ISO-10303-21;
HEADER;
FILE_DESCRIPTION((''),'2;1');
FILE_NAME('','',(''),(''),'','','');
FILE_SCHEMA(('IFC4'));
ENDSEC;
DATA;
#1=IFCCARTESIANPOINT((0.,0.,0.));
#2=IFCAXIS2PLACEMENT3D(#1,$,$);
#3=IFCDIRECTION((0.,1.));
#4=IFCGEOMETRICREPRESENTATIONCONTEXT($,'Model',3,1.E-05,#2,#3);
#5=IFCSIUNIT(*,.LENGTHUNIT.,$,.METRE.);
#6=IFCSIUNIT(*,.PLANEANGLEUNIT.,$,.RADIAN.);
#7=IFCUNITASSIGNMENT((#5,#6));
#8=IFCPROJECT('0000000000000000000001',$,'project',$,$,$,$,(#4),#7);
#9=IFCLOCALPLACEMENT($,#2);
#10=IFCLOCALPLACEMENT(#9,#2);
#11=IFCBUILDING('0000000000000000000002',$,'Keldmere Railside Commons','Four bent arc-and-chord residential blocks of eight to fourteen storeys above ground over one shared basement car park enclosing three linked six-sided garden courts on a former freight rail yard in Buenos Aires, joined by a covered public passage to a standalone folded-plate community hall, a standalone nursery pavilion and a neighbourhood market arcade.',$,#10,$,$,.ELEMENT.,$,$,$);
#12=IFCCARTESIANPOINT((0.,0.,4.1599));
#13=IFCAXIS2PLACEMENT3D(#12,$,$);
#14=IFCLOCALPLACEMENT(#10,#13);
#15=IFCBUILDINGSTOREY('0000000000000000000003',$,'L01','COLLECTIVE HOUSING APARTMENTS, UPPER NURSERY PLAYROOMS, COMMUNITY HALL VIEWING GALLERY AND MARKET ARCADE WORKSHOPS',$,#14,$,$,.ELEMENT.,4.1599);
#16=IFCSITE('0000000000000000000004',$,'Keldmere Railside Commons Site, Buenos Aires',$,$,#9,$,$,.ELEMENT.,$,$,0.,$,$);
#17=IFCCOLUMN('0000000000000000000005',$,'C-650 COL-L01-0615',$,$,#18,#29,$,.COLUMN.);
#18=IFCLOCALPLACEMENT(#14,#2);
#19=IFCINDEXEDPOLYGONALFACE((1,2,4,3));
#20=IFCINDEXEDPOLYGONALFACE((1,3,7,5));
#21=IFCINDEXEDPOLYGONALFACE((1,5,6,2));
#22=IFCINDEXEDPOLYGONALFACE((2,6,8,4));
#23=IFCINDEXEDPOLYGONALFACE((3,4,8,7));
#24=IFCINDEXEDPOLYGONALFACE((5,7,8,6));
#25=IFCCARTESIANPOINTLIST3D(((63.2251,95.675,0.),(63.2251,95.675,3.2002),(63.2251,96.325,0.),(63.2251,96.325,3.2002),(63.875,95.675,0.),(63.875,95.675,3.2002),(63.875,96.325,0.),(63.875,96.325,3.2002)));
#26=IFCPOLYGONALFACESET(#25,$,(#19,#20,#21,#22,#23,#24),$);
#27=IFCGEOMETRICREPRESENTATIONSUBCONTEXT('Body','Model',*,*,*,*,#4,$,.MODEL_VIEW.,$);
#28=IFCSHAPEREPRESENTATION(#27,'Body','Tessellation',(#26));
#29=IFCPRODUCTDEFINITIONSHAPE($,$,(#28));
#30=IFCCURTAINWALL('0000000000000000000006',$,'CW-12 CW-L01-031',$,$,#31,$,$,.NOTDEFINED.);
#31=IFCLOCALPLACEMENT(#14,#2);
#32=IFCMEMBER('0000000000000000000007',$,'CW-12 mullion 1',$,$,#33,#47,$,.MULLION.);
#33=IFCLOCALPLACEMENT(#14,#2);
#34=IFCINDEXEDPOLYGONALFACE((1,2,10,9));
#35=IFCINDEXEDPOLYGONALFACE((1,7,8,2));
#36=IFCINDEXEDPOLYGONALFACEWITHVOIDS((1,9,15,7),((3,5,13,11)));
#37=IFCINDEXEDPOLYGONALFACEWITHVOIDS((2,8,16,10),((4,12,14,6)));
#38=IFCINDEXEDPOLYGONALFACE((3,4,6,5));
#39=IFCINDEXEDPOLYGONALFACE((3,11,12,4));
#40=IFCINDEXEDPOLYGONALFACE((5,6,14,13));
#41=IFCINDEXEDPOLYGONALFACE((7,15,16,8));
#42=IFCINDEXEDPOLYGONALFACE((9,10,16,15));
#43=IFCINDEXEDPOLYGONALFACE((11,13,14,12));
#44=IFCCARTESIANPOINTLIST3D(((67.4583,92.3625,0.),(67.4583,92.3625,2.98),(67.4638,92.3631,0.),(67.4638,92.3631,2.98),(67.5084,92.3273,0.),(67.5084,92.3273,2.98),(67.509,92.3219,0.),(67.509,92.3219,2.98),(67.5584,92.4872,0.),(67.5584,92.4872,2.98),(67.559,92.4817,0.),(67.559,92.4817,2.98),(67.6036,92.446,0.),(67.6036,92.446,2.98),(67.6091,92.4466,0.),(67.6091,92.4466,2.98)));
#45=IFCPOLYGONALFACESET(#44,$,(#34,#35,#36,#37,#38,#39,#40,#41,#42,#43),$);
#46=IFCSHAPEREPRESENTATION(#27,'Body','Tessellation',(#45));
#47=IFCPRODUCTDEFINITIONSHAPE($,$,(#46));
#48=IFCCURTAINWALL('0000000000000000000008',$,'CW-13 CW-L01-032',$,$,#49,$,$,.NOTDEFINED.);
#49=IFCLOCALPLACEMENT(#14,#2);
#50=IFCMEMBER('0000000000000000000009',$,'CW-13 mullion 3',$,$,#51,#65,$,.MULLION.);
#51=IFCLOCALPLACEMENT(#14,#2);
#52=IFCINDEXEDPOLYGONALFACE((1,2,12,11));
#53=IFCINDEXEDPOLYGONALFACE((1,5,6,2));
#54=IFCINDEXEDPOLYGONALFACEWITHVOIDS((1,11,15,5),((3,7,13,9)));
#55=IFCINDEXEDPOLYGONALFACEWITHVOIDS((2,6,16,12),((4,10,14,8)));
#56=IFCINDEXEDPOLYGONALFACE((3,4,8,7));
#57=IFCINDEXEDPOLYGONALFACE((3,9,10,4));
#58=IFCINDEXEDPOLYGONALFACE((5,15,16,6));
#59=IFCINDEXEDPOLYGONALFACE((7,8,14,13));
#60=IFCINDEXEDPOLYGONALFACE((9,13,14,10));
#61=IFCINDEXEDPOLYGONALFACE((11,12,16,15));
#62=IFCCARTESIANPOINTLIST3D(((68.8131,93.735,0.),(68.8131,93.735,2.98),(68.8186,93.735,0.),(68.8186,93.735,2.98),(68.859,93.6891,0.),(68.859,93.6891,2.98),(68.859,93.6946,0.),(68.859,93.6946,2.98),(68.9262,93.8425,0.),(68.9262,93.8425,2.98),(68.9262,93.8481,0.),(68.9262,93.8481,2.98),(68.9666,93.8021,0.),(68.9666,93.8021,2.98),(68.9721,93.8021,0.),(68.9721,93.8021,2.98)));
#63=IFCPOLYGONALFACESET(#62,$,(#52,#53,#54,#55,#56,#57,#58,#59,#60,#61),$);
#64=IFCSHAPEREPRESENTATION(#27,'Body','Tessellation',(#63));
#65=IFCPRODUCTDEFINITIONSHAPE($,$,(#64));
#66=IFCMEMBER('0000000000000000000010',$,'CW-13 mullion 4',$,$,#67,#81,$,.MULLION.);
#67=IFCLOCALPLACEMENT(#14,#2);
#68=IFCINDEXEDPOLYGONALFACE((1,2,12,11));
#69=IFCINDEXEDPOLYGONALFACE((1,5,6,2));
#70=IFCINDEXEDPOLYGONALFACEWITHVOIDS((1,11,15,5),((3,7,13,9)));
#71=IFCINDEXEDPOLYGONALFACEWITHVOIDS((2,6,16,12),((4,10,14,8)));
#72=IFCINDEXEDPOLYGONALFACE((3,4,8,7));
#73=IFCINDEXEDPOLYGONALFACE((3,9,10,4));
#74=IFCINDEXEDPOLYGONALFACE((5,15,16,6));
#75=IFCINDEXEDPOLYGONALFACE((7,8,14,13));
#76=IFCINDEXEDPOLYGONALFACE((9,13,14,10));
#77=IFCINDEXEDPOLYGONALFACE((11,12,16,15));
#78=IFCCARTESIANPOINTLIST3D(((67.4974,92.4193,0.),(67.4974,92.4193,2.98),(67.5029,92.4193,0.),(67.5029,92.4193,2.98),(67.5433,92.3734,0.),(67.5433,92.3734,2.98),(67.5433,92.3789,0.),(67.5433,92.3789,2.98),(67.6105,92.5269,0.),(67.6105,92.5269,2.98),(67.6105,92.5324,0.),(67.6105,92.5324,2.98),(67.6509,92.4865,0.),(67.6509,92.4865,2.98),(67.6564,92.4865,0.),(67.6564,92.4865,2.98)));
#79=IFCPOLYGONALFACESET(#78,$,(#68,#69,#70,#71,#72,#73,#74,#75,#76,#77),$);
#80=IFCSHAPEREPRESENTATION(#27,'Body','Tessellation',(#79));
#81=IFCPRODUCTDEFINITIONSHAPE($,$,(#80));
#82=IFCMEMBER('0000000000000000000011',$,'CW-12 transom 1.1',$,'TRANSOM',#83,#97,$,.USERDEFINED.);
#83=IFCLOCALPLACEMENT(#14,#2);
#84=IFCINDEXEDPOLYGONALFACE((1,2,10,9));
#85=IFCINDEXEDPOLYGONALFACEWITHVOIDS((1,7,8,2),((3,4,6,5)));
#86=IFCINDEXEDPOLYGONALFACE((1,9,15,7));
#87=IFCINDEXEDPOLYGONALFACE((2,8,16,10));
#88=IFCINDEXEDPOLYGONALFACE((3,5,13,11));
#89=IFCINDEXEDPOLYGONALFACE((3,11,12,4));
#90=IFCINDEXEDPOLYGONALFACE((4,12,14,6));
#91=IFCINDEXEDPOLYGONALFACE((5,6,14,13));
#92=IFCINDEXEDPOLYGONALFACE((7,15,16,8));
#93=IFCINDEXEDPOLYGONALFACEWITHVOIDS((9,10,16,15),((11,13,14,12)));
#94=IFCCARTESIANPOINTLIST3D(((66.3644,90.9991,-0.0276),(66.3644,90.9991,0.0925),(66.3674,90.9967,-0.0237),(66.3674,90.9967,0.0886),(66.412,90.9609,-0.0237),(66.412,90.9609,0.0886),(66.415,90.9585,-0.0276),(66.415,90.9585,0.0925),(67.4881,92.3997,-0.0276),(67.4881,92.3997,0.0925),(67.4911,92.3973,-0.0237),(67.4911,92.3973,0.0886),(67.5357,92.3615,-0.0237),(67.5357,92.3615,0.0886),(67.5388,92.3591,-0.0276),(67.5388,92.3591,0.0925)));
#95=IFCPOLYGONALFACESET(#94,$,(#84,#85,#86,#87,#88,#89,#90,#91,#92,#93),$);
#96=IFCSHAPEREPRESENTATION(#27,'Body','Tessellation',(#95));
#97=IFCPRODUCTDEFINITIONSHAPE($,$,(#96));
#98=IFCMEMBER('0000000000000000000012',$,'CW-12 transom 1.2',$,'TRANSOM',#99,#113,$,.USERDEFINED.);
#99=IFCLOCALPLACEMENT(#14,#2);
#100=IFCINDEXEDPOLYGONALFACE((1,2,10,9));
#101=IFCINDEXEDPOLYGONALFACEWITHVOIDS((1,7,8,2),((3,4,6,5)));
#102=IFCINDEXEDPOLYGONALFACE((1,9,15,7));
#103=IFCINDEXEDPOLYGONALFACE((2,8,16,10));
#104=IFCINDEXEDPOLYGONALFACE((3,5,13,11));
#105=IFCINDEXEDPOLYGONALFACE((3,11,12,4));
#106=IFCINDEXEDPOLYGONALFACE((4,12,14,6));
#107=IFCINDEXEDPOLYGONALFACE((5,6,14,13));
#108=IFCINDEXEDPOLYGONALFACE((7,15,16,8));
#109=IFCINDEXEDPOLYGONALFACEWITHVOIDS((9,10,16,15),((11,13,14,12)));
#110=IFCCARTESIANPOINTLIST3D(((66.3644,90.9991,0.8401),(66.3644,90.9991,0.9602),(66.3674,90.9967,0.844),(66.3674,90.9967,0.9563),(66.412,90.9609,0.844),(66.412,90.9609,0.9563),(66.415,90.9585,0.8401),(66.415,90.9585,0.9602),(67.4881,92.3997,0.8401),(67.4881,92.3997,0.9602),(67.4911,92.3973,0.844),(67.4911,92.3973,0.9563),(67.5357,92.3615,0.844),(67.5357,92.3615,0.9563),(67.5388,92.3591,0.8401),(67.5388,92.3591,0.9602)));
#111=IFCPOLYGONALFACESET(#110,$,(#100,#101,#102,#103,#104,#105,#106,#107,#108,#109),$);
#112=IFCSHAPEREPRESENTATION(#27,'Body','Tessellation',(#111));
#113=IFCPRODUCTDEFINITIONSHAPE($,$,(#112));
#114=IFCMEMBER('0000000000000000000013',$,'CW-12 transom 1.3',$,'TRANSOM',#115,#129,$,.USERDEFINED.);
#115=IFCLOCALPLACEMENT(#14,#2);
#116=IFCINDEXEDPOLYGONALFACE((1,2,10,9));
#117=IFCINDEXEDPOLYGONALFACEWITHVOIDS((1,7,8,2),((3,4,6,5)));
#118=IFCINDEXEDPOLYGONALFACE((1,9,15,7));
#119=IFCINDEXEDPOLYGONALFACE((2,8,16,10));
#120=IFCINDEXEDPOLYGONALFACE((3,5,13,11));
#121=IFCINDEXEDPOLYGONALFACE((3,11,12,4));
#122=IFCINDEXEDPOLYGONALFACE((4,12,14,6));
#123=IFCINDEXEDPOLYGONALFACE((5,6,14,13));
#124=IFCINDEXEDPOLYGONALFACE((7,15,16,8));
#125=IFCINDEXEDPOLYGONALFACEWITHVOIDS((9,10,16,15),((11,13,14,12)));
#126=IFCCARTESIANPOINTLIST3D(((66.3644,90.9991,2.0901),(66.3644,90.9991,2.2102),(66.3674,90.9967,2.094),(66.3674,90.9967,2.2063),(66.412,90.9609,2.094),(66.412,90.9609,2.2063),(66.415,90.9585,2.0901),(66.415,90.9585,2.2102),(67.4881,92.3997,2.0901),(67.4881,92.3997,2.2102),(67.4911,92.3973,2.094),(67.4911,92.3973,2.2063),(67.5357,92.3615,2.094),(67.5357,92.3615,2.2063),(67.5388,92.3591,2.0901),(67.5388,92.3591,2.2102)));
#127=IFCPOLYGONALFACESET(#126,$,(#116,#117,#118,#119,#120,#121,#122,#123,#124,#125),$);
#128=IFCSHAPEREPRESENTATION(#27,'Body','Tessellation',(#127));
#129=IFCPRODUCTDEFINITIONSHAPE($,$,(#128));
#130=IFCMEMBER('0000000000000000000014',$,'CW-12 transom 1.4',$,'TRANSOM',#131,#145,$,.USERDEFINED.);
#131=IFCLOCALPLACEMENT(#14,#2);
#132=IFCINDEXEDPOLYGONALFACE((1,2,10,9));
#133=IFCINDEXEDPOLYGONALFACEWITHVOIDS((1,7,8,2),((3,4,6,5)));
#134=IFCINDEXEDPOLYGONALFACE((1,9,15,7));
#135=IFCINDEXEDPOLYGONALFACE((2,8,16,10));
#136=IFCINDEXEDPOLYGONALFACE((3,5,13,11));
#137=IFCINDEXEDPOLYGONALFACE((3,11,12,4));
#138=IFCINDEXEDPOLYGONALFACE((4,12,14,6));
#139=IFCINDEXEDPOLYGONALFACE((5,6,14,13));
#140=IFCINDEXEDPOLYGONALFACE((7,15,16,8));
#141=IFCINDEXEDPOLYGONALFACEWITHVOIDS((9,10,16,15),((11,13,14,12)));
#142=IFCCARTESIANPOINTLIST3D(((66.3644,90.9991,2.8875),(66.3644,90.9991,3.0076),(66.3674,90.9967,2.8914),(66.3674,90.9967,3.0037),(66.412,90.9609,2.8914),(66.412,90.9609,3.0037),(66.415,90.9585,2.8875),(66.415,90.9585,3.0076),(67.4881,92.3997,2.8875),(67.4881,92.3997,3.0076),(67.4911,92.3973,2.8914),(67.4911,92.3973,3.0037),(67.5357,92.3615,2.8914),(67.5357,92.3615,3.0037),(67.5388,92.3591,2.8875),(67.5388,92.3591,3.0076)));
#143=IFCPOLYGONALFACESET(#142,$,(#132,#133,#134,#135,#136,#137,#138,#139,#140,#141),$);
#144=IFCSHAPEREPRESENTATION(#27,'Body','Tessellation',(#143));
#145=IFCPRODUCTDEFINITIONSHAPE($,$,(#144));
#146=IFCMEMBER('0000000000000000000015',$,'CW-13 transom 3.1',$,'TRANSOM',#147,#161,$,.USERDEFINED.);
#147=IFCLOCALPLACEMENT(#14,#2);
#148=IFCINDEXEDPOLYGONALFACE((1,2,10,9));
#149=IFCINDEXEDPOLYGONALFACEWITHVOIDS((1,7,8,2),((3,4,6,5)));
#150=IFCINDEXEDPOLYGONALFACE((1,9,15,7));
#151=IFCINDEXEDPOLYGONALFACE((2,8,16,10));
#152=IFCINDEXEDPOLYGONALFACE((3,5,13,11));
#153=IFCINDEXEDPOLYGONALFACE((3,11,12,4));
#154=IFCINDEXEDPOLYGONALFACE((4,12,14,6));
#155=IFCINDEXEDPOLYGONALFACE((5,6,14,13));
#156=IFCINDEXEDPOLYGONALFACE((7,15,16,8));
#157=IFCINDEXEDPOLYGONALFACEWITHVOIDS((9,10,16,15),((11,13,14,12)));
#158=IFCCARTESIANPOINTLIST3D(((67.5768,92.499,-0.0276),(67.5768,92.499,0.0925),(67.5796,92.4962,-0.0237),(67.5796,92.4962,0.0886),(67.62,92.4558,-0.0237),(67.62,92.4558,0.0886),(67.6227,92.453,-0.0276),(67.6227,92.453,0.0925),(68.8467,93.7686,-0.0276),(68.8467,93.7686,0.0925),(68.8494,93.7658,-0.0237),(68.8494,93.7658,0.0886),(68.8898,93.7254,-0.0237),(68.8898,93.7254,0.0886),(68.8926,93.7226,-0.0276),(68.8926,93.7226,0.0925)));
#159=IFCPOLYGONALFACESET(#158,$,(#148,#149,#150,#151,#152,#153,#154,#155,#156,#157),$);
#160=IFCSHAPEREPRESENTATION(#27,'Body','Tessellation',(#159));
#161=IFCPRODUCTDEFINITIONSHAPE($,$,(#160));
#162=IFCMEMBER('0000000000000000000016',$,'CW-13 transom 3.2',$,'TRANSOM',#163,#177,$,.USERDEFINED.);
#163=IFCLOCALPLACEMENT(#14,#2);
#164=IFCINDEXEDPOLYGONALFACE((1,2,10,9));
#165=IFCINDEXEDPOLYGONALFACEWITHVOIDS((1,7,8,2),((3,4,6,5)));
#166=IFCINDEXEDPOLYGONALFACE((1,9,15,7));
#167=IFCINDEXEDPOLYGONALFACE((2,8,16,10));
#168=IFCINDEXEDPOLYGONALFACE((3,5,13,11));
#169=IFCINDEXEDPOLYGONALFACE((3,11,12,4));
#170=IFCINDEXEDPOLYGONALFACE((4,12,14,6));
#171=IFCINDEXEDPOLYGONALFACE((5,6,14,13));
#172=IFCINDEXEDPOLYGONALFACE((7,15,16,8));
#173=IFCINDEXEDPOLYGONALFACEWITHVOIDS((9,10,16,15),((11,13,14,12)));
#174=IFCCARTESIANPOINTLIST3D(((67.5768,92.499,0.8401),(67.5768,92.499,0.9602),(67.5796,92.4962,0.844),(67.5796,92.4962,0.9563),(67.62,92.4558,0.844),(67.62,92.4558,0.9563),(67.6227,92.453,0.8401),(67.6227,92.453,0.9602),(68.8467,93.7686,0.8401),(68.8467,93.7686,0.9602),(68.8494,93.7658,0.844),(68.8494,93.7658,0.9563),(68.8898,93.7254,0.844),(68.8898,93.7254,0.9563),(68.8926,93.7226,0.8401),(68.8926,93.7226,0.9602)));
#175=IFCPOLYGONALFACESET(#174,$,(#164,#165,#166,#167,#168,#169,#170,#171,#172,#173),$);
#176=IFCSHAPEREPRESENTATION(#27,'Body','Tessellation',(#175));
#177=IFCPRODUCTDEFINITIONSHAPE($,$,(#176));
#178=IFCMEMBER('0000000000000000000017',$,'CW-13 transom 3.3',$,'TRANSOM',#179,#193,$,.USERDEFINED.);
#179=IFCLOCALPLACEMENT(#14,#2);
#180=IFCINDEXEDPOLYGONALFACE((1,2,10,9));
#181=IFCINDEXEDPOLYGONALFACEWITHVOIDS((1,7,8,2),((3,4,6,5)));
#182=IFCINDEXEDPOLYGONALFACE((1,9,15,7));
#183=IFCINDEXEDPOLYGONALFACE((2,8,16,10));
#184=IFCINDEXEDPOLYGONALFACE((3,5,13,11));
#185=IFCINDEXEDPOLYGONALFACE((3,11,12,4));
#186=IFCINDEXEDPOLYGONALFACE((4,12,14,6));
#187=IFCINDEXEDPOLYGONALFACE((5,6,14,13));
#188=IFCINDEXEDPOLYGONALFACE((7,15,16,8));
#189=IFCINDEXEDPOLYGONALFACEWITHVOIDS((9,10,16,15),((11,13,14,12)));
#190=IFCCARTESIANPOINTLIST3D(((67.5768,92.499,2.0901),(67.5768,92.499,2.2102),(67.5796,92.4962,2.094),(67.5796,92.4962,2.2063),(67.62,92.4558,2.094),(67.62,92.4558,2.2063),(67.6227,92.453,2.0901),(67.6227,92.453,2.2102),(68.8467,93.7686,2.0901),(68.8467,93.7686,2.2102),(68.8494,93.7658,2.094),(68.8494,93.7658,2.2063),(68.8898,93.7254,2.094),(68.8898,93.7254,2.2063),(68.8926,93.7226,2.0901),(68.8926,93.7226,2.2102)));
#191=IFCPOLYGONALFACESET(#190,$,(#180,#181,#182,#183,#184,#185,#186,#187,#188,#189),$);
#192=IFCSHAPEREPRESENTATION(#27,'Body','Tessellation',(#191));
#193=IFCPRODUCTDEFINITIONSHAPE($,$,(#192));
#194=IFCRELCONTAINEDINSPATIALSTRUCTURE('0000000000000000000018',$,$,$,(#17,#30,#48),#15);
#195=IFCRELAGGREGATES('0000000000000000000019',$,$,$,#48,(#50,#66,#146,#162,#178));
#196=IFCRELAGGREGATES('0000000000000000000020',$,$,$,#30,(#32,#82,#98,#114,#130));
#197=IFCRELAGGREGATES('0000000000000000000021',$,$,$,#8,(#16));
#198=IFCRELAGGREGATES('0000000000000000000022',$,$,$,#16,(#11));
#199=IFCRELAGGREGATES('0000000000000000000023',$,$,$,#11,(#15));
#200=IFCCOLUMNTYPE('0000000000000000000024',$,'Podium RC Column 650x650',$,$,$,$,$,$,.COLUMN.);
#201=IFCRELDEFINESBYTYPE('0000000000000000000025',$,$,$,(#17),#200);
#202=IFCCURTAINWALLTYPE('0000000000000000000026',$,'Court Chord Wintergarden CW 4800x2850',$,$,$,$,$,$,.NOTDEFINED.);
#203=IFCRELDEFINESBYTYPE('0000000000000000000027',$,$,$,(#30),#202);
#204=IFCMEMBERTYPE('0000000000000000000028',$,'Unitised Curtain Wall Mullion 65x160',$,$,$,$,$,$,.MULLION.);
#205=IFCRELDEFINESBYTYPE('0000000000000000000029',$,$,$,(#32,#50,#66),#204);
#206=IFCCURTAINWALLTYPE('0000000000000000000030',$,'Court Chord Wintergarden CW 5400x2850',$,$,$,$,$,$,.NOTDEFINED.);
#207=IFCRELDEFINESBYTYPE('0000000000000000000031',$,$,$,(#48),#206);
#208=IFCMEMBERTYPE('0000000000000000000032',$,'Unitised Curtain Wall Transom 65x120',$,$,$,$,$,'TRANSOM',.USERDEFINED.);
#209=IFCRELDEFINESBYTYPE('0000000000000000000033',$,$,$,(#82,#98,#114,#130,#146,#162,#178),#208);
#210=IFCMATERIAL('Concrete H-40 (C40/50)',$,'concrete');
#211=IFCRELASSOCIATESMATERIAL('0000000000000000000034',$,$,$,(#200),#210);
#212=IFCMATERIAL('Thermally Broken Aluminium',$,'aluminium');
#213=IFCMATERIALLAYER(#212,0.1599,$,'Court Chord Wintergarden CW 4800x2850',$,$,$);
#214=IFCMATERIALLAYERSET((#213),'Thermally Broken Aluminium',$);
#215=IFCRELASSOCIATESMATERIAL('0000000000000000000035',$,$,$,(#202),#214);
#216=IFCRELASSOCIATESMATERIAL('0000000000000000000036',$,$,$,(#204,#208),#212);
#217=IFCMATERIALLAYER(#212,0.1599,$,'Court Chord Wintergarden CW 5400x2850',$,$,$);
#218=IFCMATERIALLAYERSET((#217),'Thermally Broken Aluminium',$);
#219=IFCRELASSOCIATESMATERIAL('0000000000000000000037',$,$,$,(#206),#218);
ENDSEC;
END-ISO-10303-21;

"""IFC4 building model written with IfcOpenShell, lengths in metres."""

from ifc_helpers import new_model, si_unit, direction, frame, origin, origin_2d, place, context, subcontext, project, spatial, rectangle, hollow_rectangle, extrude, material, layer, layer_set, material_profile, profile_set, type_object, element, aggregate, save


model = new_model("IFC4")

# Units and contexts
model_context = context("Model", 3, precision=1e-05, world=origin(), true_north=direction((0.0, 1.0)))
body_context = subcontext(model_context, "Body", "Model", "MODEL_VIEW")
ifc_project = project(units=[si_unit("LENGTHUNIT", "METRE"), si_unit("PLANEANGLEUNIT", "RADIAN")], contexts=[model_context])

# Site, building, storey
site_placement = place(None, origin())
site = spatial("IfcSite", under=ifc_project, at=site_placement, Name="Keldmere Railside Commons Site, Buenos Aires", CompositionType="ELEMENT", RefElevation=0.0)
building_placement = place(site_placement, origin())
building = spatial("IfcBuilding", under=site, at=building_placement, Name="Keldmere Railside Commons", Description="Four bent arc-and-chord residential blocks of eight to fourteen storeys above ground over one shared basement car park enclosing three linked six-sided garden courts on a former freight rail yard in Buenos Aires, joined by a covered public passage to a standalone folded-plate community hall, a standalone nursery pavilion and a neighbourhood market arcade.", CompositionType="ELEMENT")
storey_placement = place(building_placement, frame((0.0, 0.0, 4.1599)))
storey = spatial("IfcBuildingStorey", under=building, at=storey_placement, Name="L01", Description="COLLECTIVE HOUSING APARTMENTS, UPPER NURSERY PLAYROOMS, COMMUNITY HALL VIEWING GALLERY AND MARKET ARCADE WORKSHOPS", CompositionType="ELEMENT", Elevation=4.1599)

# Column
ifc_material_1 = material(Name="Concrete H-40 (C40/50)", Category="concrete")
ifc_material_profile_1 = material_profile(ifc_material_1, rectangle(XDim=0.6499, YDim=0.6499, at=origin_2d()), Name="RC-650x650")
ifc_profile_set_1 = profile_set([ifc_material_profile_1], Name="Concrete H-40 (C40/50)")
column_type = type_object("IfcColumnType", Name="Podium RC Column 650x650", PredefinedType="COLUMN", material=ifc_profile_set_1)
column_placement = place(storey_placement, frame((63.55, 96.0, 0.0), z_axis=(0.0, 0.0, 1.0), x_axis=(1.0, 0.0, 0.0)))
element("IfcColumn", 1, at=column_placement, inside=storey, type_object=column_type, Name="C-650 COL-L01-0615", PredefinedType="COLUMN", context=body_context, shape_type="SweptSolid", body=[
    extrude(rectangle(XDim=0.6499, YDim=0.6499, at=origin_2d()), origin(), (0.0, 0.0, 1.0), 3.2002),
])

# Curtain wall, member
ifc_material_2 = material(Name="Thermally Broken Aluminium", Category="aluminium")
ifc_layer_1 = layer(ifc_material_2, 0.1599, Name="Court Chord Wintergarden CW 4800x2850")
ifc_layer_set_1 = layer_set([ifc_layer_1], Name="Thermally Broken Aluminium")
curtain_wall_type_1 = type_object("IfcCurtainWallType", Name="Court Chord Wintergarden CW 4800x2850", PredefinedType="NOTDEFINED", material=ifc_layer_set_1)
curtain_wall_1_placement = place(storey_placement, origin())
curtain_wall_1 = element("IfcCurtainWall", 2, at=curtain_wall_1_placement, inside=storey, type_object=curtain_wall_type_1, Name="CW-12 CW-L01-031", PredefinedType="NOTDEFINED")
ifc_material_profile_2 = material_profile(ifc_material_2, hollow_rectangle(XDim=0.0649, YDim=0.1599, WallThickness=0.0039, at=origin_2d()), Name="ALU-MULL-65x160")
ifc_profile_set_2 = profile_set([ifc_material_profile_2], Name="Thermally Broken Aluminium")
member_type_1 = type_object("IfcMemberType", Name="Unitised Curtain Wall Mullion 65x160", PredefinedType="MULLION", material=ifc_profile_set_2)
member_1_placement = place(storey_placement, frame((67.5337, 92.4045, 0.0), z_axis=(0.0, 0.0, 1.0), x_axis=(0.780009, -0.625768, 0.0)))
member_1 = element("IfcMember", 3, at=member_1_placement, type_object=member_type_1, Name="CW-12 mullion 1", PredefinedType="MULLION", context=body_context, shape_type="SweptSolid", body=[
    extrude(hollow_rectangle(XDim=0.0649, YDim=0.1599, WallThickness=0.0039, at=origin_2d()), origin(), (0.0, 0.0, 1.0), 2.98),
])

# Curtain wall, members
ifc_layer_2 = layer(ifc_material_2, 0.1599, Name="Court Chord Wintergarden CW 5400x2850")
ifc_layer_set_2 = layer_set([ifc_layer_2], Name="Thermally Broken Aluminium")
curtain_wall_type_2 = type_object("IfcCurtainWallType", Name="Court Chord Wintergarden CW 5400x2850", PredefinedType="NOTDEFINED", material=ifc_layer_set_2)
curtain_wall_2_placement = place(storey_placement, origin())
curtain_wall_2 = element("IfcCurtainWall", 4, at=curtain_wall_2_placement, inside=storey, type_object=curtain_wall_type_2, Name="CW-13 CW-L01-032", PredefinedType="NOTDEFINED")
member_2_placement = place(storey_placement, frame((68.8926, 93.7686, 0.0), z_axis=(0.0, 0.0, 1.0), x_axis=(0.707107, -0.707107, 0.0)))
member_2 = element("IfcMember", 5, at=member_2_placement, type_object=member_type_1, Name="CW-13 mullion 3", PredefinedType="MULLION", context=body_context, shape_type="SweptSolid", body=[
    extrude(hollow_rectangle(XDim=0.0649, YDim=0.1599, WallThickness=0.0039, at=origin_2d()), origin(), (0.0, 0.0, 1.0), 2.98),
])
member_3_placement = place(storey_placement, frame((67.5769, 92.4529, 0.0), z_axis=(0.0, 0.0, 1.0), x_axis=(0.707107, -0.707107, 0.0)))
member_3 = element("IfcMember", 6, at=member_3_placement, type_object=member_type_1, Name="CW-13 mullion 4", PredefinedType="MULLION", context=body_context, shape_type="SweptSolid", body=[
    extrude(hollow_rectangle(XDim=0.0649, YDim=0.1599, WallThickness=0.0039, at=origin_2d()), origin(), (0.0, 0.0, 1.0), 2.98),
])

# Members
ifc_material_profile_3 = material_profile(ifc_material_2, hollow_rectangle(XDim=0.0649, YDim=0.1201, WallThickness=0.0039, at=origin_2d()), Name="ALU-TRAN-65x120")
ifc_profile_set_3 = profile_set([ifc_material_profile_3], Name="Thermally Broken Aluminium")
member_type_2 = type_object("IfcMemberType", Name="Unitised Curtain Wall Transom 65x120", ElementType="TRANSOM", PredefinedType="USERDEFINED", material=ifc_profile_set_3)
member_4_placement = place(storey_placement, frame((67.5134, 92.3794, 0.0325), z_axis=(-0.625805, -0.779979, 0.0), x_axis=(0.779979, -0.625805, 0.0)))
member_4 = element("IfcMember", 7, at=member_4_placement, type_object=member_type_2, Name="CW-12 transom 1.1", ObjectType="TRANSOM", PredefinedType="USERDEFINED", context=body_context, shape_type="SweptSolid", body=[
    extrude(hollow_rectangle(XDim=0.0649, YDim=0.1201, WallThickness=0.0039, at=origin_2d()), origin(), (0.0, 0.0, 1.0), 1.7957),
])
member_5_placement = place(storey_placement, frame((67.5134, 92.3794, 0.9001), z_axis=(-0.625805, -0.779979, 0.0), x_axis=(0.779979, -0.625805, 0.0)))
member_5 = element("IfcMember", 8, at=member_5_placement, type_object=member_type_2, Name="CW-12 transom 1.2", ObjectType="TRANSOM", PredefinedType="USERDEFINED", context=body_context, shape_type="SweptSolid", body=[
    extrude(hollow_rectangle(XDim=0.0649, YDim=0.1201, WallThickness=0.0039, at=origin_2d()), origin(), (0.0, 0.0, 1.0), 1.7957),
])
member_6_placement = place(storey_placement, frame((67.5134, 92.3794, 2.1501), z_axis=(-0.625805, -0.779979, 0.0), x_axis=(0.779979, -0.625805, 0.0)))
member_6 = element("IfcMember", 9, at=member_6_placement, type_object=member_type_2, Name="CW-12 transom 1.3", ObjectType="TRANSOM", PredefinedType="USERDEFINED", context=body_context, shape_type="SweptSolid", body=[
    extrude(hollow_rectangle(XDim=0.0649, YDim=0.1201, WallThickness=0.0039, at=origin_2d()), origin(), (0.0, 0.0, 1.0), 1.7957),
])
member_7_placement = place(storey_placement, frame((67.5134, 92.3794, 2.9475), z_axis=(-0.625805, -0.779979, 0.0), x_axis=(0.779979, -0.625805, 0.0)))
member_7 = element("IfcMember", 10, at=member_7_placement, type_object=member_type_2, Name="CW-12 transom 1.4", ObjectType="TRANSOM", PredefinedType="USERDEFINED", context=body_context, shape_type="SweptSolid", body=[
    extrude(hollow_rectangle(XDim=0.0649, YDim=0.1201, WallThickness=0.0039, at=origin_2d()), origin(), (0.0, 0.0, 1.0), 1.7957),
])
member_8_placement = place(storey_placement, frame((68.8696, 93.7456, 0.0325), z_axis=(-0.707175, -0.707039, 0.0), x_axis=(0.707039, -0.707175, 0.0)))
member_8 = element("IfcMember", 11, at=member_8_placement, type_object=member_type_2, Name="CW-13 transom 3.1", ObjectType="TRANSOM", PredefinedType="USERDEFINED", context=body_context, shape_type="SweptSolid", body=[
    extrude(hollow_rectangle(XDim=0.0649, YDim=0.1201, WallThickness=0.0039, at=origin_2d()), origin(), (0.0, 0.0, 1.0), 1.7957),
])
member_9_placement = place(storey_placement, frame((68.8696, 93.7456, 0.9001), z_axis=(-0.707175, -0.707039, 0.0), x_axis=(0.707039, -0.707175, 0.0)))
member_9 = element("IfcMember", 12, at=member_9_placement, type_object=member_type_2, Name="CW-13 transom 3.2", ObjectType="TRANSOM", PredefinedType="USERDEFINED", context=body_context, shape_type="SweptSolid", body=[
    extrude(hollow_rectangle(XDim=0.0649, YDim=0.1201, WallThickness=0.0039, at=origin_2d()), origin(), (0.0, 0.0, 1.0), 1.7957),
])
member_10_placement = place(storey_placement, frame((68.8696, 93.7456, 2.1501), z_axis=(-0.707175, -0.707039, 0.0), x_axis=(0.707039, -0.707175, 0.0)))
member_10 = element("IfcMember", 13, at=member_10_placement, type_object=member_type_2, Name="CW-13 transom 3.3", ObjectType="TRANSOM", PredefinedType="USERDEFINED", context=body_context, shape_type="SweptSolid", body=[
    extrude(hollow_rectangle(XDim=0.0649, YDim=0.1201, WallThickness=0.0039, at=origin_2d()), origin(), (0.0, 0.0, 1.0), 1.7957),
])

aggregate(curtain_wall_2, [member_2, member_3, member_8, member_9, member_10])
aggregate(curtain_wall_1, [member_1, member_4, member_5, member_6, member_7])

save(model, "model.ifc")
